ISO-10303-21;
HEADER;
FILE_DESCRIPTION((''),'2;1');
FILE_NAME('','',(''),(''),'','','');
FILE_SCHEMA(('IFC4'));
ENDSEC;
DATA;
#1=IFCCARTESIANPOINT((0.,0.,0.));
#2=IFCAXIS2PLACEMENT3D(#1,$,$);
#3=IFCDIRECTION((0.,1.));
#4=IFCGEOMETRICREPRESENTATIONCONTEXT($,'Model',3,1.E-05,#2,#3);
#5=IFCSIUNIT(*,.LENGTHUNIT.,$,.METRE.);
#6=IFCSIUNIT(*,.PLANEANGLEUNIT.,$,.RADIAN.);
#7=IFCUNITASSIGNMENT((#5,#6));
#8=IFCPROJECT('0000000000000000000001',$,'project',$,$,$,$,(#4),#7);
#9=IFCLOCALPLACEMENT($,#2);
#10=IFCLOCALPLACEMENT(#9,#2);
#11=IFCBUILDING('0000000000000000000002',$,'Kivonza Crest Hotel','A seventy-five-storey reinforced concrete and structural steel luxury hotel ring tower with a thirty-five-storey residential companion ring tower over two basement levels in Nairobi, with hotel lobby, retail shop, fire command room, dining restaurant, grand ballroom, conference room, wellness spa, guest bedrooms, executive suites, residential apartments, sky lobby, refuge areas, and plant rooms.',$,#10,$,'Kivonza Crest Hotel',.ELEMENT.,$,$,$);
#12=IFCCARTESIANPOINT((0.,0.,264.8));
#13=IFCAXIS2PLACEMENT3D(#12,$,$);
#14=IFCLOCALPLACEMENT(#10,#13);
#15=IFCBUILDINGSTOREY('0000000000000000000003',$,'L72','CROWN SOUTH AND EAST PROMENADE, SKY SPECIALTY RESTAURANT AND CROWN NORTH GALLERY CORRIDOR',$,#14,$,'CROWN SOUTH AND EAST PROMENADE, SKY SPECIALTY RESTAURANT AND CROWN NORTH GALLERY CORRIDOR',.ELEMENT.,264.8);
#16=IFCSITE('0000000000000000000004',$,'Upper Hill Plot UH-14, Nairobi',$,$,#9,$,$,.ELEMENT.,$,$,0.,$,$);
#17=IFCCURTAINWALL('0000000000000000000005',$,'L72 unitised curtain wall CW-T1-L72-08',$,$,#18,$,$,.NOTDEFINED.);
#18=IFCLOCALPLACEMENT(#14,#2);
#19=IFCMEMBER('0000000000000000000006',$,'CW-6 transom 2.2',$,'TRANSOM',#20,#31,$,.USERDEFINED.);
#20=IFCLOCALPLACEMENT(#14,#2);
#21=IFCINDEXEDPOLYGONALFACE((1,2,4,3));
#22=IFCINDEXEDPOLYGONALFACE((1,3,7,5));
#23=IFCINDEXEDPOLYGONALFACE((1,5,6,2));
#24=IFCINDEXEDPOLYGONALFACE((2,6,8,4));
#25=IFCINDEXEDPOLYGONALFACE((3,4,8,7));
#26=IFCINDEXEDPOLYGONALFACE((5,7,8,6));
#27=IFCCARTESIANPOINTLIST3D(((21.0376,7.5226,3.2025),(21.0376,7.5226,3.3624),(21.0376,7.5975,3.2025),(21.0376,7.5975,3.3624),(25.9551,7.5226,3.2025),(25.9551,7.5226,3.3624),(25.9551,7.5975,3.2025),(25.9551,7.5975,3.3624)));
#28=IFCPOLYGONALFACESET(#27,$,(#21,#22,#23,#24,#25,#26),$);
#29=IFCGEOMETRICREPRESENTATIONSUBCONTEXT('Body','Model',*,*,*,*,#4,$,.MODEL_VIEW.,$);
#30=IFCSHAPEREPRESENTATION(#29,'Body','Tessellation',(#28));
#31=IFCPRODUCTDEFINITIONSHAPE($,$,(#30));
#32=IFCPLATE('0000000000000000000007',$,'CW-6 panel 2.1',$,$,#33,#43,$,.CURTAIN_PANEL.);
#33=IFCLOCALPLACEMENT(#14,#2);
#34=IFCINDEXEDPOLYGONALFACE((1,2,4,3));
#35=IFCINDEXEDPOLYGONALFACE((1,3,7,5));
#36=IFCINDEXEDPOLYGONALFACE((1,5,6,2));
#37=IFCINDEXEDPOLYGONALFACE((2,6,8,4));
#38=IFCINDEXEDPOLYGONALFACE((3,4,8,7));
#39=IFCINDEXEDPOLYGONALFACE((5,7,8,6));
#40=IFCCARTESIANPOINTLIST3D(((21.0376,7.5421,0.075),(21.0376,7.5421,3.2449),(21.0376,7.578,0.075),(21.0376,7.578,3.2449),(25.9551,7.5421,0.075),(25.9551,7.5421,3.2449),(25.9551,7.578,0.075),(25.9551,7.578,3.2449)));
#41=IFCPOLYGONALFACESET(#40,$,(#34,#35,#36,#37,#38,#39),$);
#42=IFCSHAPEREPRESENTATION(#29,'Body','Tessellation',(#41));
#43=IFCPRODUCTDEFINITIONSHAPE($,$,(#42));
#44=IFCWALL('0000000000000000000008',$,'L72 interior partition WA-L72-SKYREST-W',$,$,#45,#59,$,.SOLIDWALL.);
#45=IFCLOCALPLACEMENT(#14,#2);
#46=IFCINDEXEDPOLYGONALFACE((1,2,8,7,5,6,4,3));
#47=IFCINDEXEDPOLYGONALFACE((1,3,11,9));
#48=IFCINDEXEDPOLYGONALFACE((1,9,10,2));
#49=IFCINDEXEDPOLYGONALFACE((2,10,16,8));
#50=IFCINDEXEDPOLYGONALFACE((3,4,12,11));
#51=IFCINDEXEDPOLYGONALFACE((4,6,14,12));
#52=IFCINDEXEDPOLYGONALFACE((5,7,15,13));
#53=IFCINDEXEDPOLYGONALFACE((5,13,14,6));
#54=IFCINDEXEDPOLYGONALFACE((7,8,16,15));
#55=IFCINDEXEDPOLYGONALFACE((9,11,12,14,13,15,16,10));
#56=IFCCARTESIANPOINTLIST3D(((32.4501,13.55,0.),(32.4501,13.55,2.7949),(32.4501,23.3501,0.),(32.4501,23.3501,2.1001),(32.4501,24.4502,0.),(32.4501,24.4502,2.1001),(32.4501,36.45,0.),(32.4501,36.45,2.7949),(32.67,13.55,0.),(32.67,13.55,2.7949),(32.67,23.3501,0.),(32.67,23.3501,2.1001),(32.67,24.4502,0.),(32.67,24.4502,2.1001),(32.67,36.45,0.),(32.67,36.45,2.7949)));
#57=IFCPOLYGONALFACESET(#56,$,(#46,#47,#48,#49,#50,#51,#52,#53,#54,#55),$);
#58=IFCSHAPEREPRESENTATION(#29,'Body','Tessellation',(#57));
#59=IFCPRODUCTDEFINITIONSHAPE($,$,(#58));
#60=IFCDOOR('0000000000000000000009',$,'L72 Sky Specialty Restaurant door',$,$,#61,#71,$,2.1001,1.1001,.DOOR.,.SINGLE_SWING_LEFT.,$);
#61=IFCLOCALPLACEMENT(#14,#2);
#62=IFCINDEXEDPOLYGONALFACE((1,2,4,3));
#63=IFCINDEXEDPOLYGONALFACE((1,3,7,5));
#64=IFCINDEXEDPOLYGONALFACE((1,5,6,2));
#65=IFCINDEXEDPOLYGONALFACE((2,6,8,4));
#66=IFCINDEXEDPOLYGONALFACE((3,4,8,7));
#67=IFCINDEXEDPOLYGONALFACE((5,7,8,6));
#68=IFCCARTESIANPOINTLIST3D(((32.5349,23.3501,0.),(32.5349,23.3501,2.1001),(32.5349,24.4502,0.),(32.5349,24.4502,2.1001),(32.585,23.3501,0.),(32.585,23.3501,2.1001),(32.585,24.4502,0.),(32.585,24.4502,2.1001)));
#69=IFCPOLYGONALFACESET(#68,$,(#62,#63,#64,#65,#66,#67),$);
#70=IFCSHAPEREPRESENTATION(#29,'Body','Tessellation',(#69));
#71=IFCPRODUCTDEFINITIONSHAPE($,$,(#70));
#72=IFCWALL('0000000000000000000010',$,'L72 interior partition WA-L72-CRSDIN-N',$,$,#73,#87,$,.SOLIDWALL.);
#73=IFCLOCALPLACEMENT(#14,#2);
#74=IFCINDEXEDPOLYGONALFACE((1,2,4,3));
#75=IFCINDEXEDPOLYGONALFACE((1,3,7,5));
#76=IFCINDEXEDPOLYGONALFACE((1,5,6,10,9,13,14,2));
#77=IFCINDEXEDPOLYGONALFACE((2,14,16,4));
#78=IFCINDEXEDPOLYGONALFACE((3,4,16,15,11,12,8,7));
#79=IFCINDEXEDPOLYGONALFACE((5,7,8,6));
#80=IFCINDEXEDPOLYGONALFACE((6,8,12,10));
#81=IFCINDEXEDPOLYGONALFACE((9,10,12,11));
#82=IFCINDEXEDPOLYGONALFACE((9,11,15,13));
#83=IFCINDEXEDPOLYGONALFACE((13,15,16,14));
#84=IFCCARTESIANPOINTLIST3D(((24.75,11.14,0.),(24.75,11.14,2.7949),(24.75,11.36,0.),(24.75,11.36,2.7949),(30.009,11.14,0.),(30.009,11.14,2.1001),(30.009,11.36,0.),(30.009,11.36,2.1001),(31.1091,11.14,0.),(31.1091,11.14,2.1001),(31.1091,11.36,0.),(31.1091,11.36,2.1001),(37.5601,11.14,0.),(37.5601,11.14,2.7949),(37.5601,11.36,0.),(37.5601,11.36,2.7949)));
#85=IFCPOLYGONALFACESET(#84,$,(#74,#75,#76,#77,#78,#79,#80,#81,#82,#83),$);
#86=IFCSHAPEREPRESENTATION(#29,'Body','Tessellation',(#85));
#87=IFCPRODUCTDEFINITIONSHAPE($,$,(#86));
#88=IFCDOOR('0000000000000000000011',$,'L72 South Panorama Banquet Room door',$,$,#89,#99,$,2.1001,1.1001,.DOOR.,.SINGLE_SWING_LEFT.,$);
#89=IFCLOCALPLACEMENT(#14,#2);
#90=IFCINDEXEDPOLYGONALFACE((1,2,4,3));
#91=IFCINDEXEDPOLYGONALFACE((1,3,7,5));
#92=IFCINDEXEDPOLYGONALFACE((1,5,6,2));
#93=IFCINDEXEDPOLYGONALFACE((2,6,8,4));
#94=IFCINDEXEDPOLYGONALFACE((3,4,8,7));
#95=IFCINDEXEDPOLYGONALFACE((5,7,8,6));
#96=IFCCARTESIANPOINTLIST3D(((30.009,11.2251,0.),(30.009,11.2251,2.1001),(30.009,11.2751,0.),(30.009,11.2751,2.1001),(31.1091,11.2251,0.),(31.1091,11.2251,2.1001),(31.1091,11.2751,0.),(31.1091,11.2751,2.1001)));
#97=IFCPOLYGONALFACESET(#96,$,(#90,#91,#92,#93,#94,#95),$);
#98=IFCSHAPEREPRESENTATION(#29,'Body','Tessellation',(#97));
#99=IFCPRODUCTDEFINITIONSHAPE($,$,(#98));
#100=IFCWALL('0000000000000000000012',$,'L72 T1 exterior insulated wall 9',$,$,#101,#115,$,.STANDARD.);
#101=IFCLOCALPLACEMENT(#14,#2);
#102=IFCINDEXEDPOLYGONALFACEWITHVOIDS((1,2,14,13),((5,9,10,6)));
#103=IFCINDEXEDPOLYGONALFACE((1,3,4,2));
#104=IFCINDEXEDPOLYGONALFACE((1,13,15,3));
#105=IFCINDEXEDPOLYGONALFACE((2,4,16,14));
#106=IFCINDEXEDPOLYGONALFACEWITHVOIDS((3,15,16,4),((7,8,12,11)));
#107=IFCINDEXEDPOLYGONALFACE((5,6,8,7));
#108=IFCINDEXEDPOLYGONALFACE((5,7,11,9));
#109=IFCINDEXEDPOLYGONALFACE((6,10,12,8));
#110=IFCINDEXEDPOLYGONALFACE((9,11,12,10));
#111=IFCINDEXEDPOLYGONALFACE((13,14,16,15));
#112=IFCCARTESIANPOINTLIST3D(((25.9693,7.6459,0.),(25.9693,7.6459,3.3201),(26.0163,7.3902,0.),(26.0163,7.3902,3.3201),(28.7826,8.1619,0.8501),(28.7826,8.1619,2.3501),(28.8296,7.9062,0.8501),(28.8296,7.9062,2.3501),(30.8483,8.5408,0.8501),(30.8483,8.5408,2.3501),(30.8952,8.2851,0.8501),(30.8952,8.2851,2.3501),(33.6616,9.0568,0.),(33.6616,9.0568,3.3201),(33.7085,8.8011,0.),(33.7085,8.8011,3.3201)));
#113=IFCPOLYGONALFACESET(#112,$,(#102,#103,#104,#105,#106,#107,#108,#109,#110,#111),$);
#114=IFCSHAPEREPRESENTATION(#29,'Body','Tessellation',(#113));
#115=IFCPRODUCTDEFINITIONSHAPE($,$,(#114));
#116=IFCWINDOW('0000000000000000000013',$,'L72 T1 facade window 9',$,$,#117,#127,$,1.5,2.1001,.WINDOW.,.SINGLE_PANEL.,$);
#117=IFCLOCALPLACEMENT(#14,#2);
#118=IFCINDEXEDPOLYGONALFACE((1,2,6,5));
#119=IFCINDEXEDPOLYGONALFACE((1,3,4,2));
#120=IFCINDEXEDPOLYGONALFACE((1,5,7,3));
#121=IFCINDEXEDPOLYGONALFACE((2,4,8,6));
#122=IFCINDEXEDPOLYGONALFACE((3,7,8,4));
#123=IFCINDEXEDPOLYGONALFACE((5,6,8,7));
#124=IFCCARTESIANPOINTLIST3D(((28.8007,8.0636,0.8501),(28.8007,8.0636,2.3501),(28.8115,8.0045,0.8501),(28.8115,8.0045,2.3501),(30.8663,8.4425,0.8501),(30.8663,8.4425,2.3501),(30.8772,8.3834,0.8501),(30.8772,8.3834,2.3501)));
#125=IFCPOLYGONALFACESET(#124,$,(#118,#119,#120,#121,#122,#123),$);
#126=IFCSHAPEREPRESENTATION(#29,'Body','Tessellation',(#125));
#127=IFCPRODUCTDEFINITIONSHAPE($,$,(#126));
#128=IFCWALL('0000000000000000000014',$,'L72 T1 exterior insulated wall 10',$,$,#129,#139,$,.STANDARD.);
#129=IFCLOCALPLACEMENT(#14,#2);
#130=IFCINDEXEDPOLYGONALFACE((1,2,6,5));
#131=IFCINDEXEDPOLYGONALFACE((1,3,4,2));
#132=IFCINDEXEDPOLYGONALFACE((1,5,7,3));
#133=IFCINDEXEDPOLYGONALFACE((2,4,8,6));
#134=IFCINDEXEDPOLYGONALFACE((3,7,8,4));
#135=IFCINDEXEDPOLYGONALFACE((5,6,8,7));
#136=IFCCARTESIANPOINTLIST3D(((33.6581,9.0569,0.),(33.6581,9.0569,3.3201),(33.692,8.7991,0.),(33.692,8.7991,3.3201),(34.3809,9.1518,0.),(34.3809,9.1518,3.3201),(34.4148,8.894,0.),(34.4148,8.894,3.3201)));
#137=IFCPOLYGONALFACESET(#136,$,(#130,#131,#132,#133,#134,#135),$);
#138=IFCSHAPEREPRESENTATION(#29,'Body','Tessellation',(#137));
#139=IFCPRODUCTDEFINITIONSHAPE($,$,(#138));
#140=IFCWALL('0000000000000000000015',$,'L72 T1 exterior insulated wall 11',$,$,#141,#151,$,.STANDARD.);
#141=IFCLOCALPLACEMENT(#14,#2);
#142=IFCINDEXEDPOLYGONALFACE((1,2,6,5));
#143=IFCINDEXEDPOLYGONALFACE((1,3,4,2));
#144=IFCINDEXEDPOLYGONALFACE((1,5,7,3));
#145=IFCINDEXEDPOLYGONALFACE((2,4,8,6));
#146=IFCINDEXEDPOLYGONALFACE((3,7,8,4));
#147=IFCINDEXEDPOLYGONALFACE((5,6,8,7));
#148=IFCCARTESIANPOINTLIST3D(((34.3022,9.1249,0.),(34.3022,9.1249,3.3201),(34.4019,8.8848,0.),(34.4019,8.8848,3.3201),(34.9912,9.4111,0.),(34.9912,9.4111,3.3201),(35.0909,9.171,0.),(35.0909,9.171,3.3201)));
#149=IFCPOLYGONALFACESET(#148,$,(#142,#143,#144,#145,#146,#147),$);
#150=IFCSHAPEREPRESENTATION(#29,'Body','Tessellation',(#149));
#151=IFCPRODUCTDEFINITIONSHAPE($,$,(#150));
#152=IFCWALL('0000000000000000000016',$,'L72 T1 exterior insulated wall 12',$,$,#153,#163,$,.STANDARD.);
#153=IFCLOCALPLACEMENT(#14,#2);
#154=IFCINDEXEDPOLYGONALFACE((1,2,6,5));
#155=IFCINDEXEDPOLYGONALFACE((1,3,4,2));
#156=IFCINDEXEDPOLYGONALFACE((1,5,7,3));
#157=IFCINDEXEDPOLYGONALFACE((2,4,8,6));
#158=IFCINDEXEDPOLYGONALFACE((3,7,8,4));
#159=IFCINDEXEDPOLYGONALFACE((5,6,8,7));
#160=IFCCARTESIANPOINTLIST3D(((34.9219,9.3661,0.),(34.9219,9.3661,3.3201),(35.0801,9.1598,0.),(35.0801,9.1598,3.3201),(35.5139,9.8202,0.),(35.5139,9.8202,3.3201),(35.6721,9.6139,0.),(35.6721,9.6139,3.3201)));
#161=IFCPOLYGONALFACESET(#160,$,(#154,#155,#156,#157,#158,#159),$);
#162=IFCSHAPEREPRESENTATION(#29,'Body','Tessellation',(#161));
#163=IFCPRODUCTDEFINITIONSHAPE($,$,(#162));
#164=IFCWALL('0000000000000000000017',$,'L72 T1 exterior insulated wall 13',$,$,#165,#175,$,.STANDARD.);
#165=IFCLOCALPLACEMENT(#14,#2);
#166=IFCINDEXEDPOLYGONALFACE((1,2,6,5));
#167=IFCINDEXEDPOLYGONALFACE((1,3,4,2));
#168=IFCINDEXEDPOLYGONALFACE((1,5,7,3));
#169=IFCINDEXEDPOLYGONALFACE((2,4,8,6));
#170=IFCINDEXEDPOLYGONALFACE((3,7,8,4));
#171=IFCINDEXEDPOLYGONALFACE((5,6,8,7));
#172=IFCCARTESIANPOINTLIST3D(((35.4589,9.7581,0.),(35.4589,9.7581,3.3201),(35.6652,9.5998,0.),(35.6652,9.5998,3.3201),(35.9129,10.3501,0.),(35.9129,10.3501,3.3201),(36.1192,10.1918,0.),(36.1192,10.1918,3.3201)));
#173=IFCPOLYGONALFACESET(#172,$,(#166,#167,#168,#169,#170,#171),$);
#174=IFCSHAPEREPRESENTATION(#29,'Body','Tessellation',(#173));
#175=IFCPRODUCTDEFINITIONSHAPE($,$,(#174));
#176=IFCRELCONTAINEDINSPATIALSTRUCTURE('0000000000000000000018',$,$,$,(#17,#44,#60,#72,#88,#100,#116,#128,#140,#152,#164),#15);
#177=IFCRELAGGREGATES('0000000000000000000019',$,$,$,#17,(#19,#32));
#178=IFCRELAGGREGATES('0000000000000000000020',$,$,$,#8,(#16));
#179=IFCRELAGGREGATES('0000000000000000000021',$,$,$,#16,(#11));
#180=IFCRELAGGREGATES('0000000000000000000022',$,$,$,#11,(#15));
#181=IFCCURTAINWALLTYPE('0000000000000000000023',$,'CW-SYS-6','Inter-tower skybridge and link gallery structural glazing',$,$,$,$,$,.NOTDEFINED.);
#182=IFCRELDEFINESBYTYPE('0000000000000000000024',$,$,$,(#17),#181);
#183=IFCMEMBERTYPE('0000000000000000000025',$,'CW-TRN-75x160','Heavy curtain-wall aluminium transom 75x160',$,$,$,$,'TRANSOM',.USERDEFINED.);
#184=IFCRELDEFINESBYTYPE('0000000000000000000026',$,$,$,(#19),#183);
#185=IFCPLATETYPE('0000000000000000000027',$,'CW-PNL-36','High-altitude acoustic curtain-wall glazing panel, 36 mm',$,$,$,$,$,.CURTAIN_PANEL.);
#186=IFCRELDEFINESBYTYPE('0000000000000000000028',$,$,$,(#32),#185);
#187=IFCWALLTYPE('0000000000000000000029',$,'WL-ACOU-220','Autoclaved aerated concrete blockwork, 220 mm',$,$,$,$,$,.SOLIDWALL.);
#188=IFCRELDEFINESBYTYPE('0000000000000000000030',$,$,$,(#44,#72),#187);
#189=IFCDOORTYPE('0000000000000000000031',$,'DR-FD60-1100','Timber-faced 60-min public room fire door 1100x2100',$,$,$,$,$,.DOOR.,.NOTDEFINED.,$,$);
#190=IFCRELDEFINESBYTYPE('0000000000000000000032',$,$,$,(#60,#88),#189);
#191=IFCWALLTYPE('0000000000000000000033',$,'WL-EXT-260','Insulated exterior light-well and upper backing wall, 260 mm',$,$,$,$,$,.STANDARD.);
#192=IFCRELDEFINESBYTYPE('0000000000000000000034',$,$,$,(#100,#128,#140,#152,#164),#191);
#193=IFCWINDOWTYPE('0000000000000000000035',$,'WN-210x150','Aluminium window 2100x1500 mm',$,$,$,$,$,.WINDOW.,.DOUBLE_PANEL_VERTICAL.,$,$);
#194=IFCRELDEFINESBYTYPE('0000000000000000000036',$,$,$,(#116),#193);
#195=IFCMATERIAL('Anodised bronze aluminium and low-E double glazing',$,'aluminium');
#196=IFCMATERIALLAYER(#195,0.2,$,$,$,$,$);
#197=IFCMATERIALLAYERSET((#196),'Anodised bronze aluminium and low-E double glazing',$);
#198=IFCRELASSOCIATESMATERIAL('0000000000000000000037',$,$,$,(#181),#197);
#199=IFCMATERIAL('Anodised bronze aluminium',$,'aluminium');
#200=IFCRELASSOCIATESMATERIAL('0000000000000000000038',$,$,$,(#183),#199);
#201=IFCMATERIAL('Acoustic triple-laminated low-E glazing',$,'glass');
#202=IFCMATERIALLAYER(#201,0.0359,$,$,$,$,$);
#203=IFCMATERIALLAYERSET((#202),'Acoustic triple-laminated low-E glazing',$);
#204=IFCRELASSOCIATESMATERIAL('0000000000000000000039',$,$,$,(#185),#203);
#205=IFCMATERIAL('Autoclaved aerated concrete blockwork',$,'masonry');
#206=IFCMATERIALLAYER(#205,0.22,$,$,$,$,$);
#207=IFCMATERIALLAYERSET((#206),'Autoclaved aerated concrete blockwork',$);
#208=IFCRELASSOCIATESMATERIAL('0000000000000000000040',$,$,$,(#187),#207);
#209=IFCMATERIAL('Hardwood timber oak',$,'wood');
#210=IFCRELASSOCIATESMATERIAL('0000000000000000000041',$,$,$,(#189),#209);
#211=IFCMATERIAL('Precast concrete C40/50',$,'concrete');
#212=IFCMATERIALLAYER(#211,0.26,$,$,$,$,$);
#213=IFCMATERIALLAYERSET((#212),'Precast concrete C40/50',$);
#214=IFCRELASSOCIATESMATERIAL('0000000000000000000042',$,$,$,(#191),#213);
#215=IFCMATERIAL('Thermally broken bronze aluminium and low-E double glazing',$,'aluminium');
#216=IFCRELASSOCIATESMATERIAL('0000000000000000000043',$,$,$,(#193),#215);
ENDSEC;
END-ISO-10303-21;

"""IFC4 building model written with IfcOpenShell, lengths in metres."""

from ifc_helpers import new_model, si_unit, direction, frame, frame_2d, origin, origin_2d, place, context, subcontext, project, spatial, rectangle, extrude, material, layer, layer_set, material_profile, profile_set, type_object, element, fill, aggregate, save


model = new_model("IFC4")

# Units and contexts
model_context = context("Model", 3, precision=1e-05, world=origin(), true_north=direction((0.0, 1.0)))
body_context = subcontext(model_context, "Body", "Model", "MODEL_VIEW")
ifc_project = project(units=[si_unit("LENGTHUNIT", "METRE"), si_unit("PLANEANGLEUNIT", "RADIAN")], contexts=[model_context])

# Site, building, storey
site_placement = place(None, origin())
site = spatial("IfcSite", under=ifc_project, at=site_placement, Name="Upper Hill Plot UH-14, Nairobi", CompositionType="ELEMENT", RefElevation=0.0)
building_placement = place(site_placement, origin())
building = spatial("IfcBuilding", under=site, at=building_placement, Name="Kivonza Crest Hotel", Description="A seventy-five-storey reinforced concrete and structural steel luxury hotel ring tower with a thirty-five-storey residential companion ring tower over two basement levels in Nairobi, with hotel lobby, retail shop, fire command room, dining restaurant, grand ballroom, conference room, wellness spa, guest bedrooms, executive suites, residential apartments, sky lobby, refuge areas, and plant rooms.", LongName="Kivonza Crest Hotel", CompositionType="ELEMENT")
storey_placement = place(building_placement, frame((0.0, 0.0, 264.8)))
storey = spatial("IfcBuildingStorey", under=building, at=storey_placement, Name="L72", Description="CROWN SOUTH AND EAST PROMENADE, SKY SPECIALTY RESTAURANT AND CROWN NORTH GALLERY CORRIDOR", LongName="CROWN SOUTH AND EAST PROMENADE, SKY SPECIALTY RESTAURANT AND CROWN NORTH GALLERY CORRIDOR", CompositionType="ELEMENT", Elevation=264.8)

# Curtain wall, member, plate
ifc_material_1 = material(Name="Anodised bronze aluminium and low-E double glazing", Category="aluminium")
ifc_layer_1 = layer(ifc_material_1, 0.2)
ifc_layer_set_1 = layer_set([ifc_layer_1], Name="Anodised bronze aluminium and low-E double glazing")
curtain_wall_type = type_object("IfcCurtainWallType", Name="CW-SYS-6", Description="Inter-tower skybridge and link gallery structural glazing", PredefinedType="NOTDEFINED", material=ifc_layer_set_1)
curtain_wall_placement = place(storey_placement, origin())
curtain_wall = element("IfcCurtainWall", 1, at=curtain_wall_placement, inside=storey, type_object=curtain_wall_type, Name="L72 unitised curtain wall CW-T1-L72-08", PredefinedType="NOTDEFINED")
ifc_material_2 = material(Name="Anodised bronze aluminium", Category="aluminium")
ifc_material_profile_1 = material_profile(ifc_material_2, rectangle(XDim=0.075, YDim=0.1599, at=origin_2d()), Name="CW-T 75x160")
ifc_profile_set_1 = profile_set([ifc_material_profile_1], Name="Anodised bronze aluminium")
member_type_1 = type_object("IfcMemberType", Name="CW-TRN-75x160", Description="Heavy curtain-wall aluminium transom 75x160", ElementType="TRANSOM", PredefinedType="USERDEFINED", material=ifc_profile_set_1)
member_1_placement = place(storey_placement, frame((21.0376, 7.5601, 3.2825), z_axis=(1.0, 0.0, 0.0), x_axis=(0.0, 1.0, 0.0)))
member_1 = element("IfcMember", 2, at=member_1_placement, type_object=member_type_1, Name="CW-6 transom 2.2", ObjectType="TRANSOM", PredefinedType="USERDEFINED", context=body_context, shape_type="SweptSolid", body=[
    extrude(rectangle(XDim=0.075, YDim=0.1599, at=origin_2d()), origin(), (0.0, 0.0, 1.0), 4.9175),
])
ifc_material_3 = material(Name="Acoustic triple-laminated low-E glazing", Category="glass")
ifc_layer_2 = layer(ifc_material_3, 0.0359)
ifc_layer_set_2 = layer_set([ifc_layer_2], Name="Acoustic triple-laminated low-E glazing")
plate_type = type_object("IfcPlateType", Name="CW-PNL-36", Description="High-altitude acoustic curtain-wall glazing panel, 36 mm", PredefinedType="CURTAIN_PANEL", material=ifc_layer_set_2)
plate_placement = place(storey_placement, frame((23.4963, 7.5601, 0.075), z_axis=(0.0, 0.0, 1.0), x_axis=(1.0, 0.0, 0.0)))
plate = element("IfcPlate", 3, at=plate_placement, type_object=plate_type, Name="CW-6 panel 2.1", PredefinedType="CURTAIN_PANEL", context=body_context, shape_type="SweptSolid", body=[
    extrude(rectangle(XDim=4.9175, YDim=0.0359, at=origin_2d()), origin(), (0.0, 0.0, 1.0), 3.1699),
])
aggregate(curtain_wall, [member_1, plate])

# Walls, openings, doors
ifc_material_4 = material(Name="Autoclaved aerated concrete blockwork", Category="masonry")
ifc_layer_3 = layer(ifc_material_4, 0.22)
ifc_layer_set_3 = layer_set([ifc_layer_3], Name="Autoclaved aerated concrete blockwork")
wall_type_1 = type_object("IfcWallType", Name="WL-ACOU-220", Description="Autoclaved aerated concrete blockwork, 220 mm", PredefinedType="SOLIDWALL", material=ifc_layer_set_3)
wall_1_placement = place(storey_placement, frame((32.5601, 13.55, 0.0), z_axis=(0.0, 0.0, 1.0), x_axis=(0.0, 1.0, 0.0)))
wall_1 = element("IfcWall", 4, at=wall_1_placement, inside=storey, type_object=wall_type_1, Name="L72 interior partition WA-L72-SKYREST-W", PredefinedType="SOLIDWALL", context=body_context, shape_type="SweptSolid", body=[
    extrude(rectangle(XDim=22.8999, YDim=0.22, at=frame_2d((11.45, 0.0))), origin(), (0.0, 0.0, 1.0), 2.7949),
])
opening_1_placement = place(wall_1_placement, frame((9.8, 0.0, 0.0)))
opening_1 = element("IfcOpeningElement", 5, at=opening_1_placement, cuts=wall_1, PredefinedType="OPENING", context=body_context, shape_type="SweptSolid", body=[
    extrude(rectangle(XDim=1.1001, YDim=2.1001, at=frame_2d((0.55, 1.05))), frame((0.0, 0.1201, 0.0), z_axis=(0.0, -1.0, 0.0), x_axis=(1.0, 0.0, 0.0)), (0.0, 0.0, 1.0), 0.24),
])
ifc_material_5 = material(Name="Hardwood timber oak", Category="wood")
door_type = type_object("IfcDoorType", Name="DR-FD60-1100", Description="Timber-faced 60-min public room fire door 1100x2100", OperationType="NOTDEFINED", PredefinedType="DOOR", material=ifc_material_5)
door_1_placement = place(opening_1_placement, frame((1.1001, 0.0, 0.0), z_axis=(0.0, 0.0, 1.0), x_axis=(-1.0, 0.0, 0.0)))
door_1 = element("IfcDoor", 6, at=door_1_placement, inside=storey, type_object=door_type, Name="L72 Sky Specialty Restaurant door", OperationType="SINGLE_SWING_LEFT", OverallHeight=2.1001, OverallWidth=1.1001, PredefinedType="DOOR", context=body_context, shape_type="SweptSolid", body=[
    extrude(rectangle(XDim=1.1001, YDim=2.1001, at=frame_2d((0.55, 1.05))), frame((0.0, 0.0249, 0.0), z_axis=(0.0, -1.0, 0.0), x_axis=(1.0, 0.0, 0.0)), (0.0, 0.0, 1.0), 0.05),
])
fill(opening_1, door_1)
wall_2_placement = place(storey_placement, frame((24.75, 11.25, 0.0), z_axis=(0.0, 0.0, 1.0), x_axis=(1.0, 0.0, 0.0)))
wall_2 = element("IfcWall", 7, at=wall_2_placement, inside=storey, type_object=wall_type_1, Name="L72 interior partition WA-L72-CRSDIN-N", PredefinedType="SOLIDWALL", context=body_context, shape_type="SweptSolid", body=[
    extrude(rectangle(XDim=12.8101, YDim=0.22, at=frame_2d((6.405, 0.0))), origin(), (0.0, 0.0, 1.0), 2.7949),
])
opening_2_placement = place(wall_2_placement, frame((5.259, 0.0, 0.0)))
opening_2 = element("IfcOpeningElement", 8, at=opening_2_placement, cuts=wall_2, PredefinedType="OPENING", context=body_context, shape_type="SweptSolid", body=[
    extrude(rectangle(XDim=1.1001, YDim=2.1001, at=frame_2d((0.55, 1.05))), frame((0.0, 0.1201, 0.0), z_axis=(0.0, -1.0, 0.0), x_axis=(1.0, 0.0, 0.0)), (0.0, 0.0, 1.0), 0.24),
])
door_2_placement = place(opening_2_placement, frame((1.1001, 0.0, 0.0), z_axis=(0.0, 0.0, 1.0), x_axis=(-1.0, 0.0, 0.0)))
door_2 = element("IfcDoor", 9, at=door_2_placement, inside=storey, type_object=door_type, Name="L72 South Panorama Banquet Room door", OperationType="SINGLE_SWING_LEFT", OverallHeight=2.1001, OverallWidth=1.1001, PredefinedType="DOOR", context=body_context, shape_type="SweptSolid", body=[
    extrude(rectangle(XDim=1.1001, YDim=2.1001, at=frame_2d((0.55, 1.05))), frame((0.0, 0.0249, 0.0), z_axis=(0.0, -1.0, 0.0), x_axis=(1.0, 0.0, 0.0)), (0.0, 0.0, 1.0), 0.05),
])
fill(opening_2, door_2)

# Wall, opening, window
ifc_material_6 = material(Name="Precast concrete C40/50", Category="concrete")
ifc_layer_4 = layer(ifc_material_6, 0.26)
ifc_layer_set_4 = layer_set([ifc_layer_4], Name="Precast concrete C40/50")
wall_type_2 = type_object("IfcWallType", Name="WL-EXT-260", Description="Insulated exterior light-well and upper backing wall, 260 mm", PredefinedType="STANDARD", material=ifc_layer_set_4)
wall_3_placement = place(storey_placement, frame((25.9929, 7.5181, 0.0), z_axis=(0.0, 0.0, 1.0), x_axis=(0.983592, 0.18041, 0.0)))
wall_3 = element("IfcWall", 10, at=wall_3_placement, inside=storey, type_object=wall_type_2, Name="L72 T1 exterior insulated wall 9", PredefinedType="STANDARD", context=body_context, shape_type="SweptSolid", body=[
    extrude(rectangle(XDim=7.8206, YDim=0.26, at=frame_2d((3.9102, 0.0))), origin(), (0.0, 0.0, 1.0), 3.3201),
])
opening_3_placement = place(wall_3_placement, frame((2.8601, 0.0, 0.8501)))
opening_3 = element("IfcOpeningElement", 11, at=opening_3_placement, cuts=wall_3, PredefinedType="OPENING", context=body_context, shape_type="SweptSolid", body=[
    extrude(rectangle(XDim=2.1001, YDim=1.5, at=frame_2d((1.05, 0.75))), frame((0.0, 0.1401, 0.0), z_axis=(0.0, -1.0, 0.0), x_axis=(1.0, 0.0, 0.0)), (0.0, 0.0, 1.0), 0.28),
])
ifc_material_7 = material(Name="Thermally broken bronze aluminium and low-E double glazing", Category="aluminium")
window_type_1 = type_object("IfcWindowType", Name="WN-210x150", Description="Aluminium window 2100x1500 mm", PartitioningType="DOUBLE_PANEL_VERTICAL", PredefinedType="WINDOW", material=ifc_material_7)
window_1_placement = place(opening_3_placement, origin())
window_1 = element("IfcWindow", 12, at=window_1_placement, inside=storey, type_object=window_type_1, Name="L72 T1 facade window 9", OverallHeight=1.5, OverallWidth=2.1001, PartitioningType="SINGLE_PANEL", PredefinedType="WINDOW", context=body_context, shape_type="SweptSolid", body=[
    extrude(rectangle(XDim=2.1001, YDim=1.5, at=frame_2d((1.05, 0.75))), frame((0.0, 0.03, 0.0), z_axis=(0.0, -1.0, 0.0), x_axis=(1.0, 0.0, 0.0)), (0.0, 0.0, 1.0), 0.0601),
])
fill(opening_3, window_1)

# Walls
wall_4_placement = place(storey_placement, frame((33.675, 8.928, 0.0), z_axis=(0.0, 0.0, 1.0), x_axis=(0.99148, 0.130255, 0.0)))
element("IfcWall", 13, at=wall_4_placement, inside=storey, type_object=wall_type_2, Name="L72 T1 exterior insulated wall 10", PredefinedType="STANDARD", context=body_context, shape_type="SweptSolid", body=[
    extrude(rectangle(XDim=0.729, YDim=0.26, at=frame_2d((0.3645, 0.0))), origin(), (0.0, 0.0, 1.0), 3.3201),
])
for number, where, z_axis, x_axis, name in (
    (14, (34.3521, 9.0049, 0.0), (0.0, 0.0, 1.0), (0.923522, 0.383546, 0.0), "L72 T1 exterior insulated wall 11"),
    (15, (35.001, 9.2629, 0.0), (0.0, 0.0, 1.0), (0.793475, 0.608603, 0.0), "L72 T1 exterior insulated wall 12"),
    (16, (35.562, 9.679, 0.0), (0.0, 0.0, 1.0), (0.608603, 0.793475, 0.0), "L72 T1 exterior insulated wall 13"),
):
    element("IfcWall", number, at=place(storey_placement, frame(where, z_axis=z_axis, x_axis=x_axis)), inside=storey, type_object=wall_type_2, Name=name, PredefinedType="STANDARD", context=body_context, shape_type="SweptSolid", body=[
        extrude(rectangle(XDim=0.7461, YDim=0.26, at=frame_2d((0.373, 0.0))), origin(), (0.0, 0.0, 1.0), 3.3201),
    ])

save(model, "model.ifc")
